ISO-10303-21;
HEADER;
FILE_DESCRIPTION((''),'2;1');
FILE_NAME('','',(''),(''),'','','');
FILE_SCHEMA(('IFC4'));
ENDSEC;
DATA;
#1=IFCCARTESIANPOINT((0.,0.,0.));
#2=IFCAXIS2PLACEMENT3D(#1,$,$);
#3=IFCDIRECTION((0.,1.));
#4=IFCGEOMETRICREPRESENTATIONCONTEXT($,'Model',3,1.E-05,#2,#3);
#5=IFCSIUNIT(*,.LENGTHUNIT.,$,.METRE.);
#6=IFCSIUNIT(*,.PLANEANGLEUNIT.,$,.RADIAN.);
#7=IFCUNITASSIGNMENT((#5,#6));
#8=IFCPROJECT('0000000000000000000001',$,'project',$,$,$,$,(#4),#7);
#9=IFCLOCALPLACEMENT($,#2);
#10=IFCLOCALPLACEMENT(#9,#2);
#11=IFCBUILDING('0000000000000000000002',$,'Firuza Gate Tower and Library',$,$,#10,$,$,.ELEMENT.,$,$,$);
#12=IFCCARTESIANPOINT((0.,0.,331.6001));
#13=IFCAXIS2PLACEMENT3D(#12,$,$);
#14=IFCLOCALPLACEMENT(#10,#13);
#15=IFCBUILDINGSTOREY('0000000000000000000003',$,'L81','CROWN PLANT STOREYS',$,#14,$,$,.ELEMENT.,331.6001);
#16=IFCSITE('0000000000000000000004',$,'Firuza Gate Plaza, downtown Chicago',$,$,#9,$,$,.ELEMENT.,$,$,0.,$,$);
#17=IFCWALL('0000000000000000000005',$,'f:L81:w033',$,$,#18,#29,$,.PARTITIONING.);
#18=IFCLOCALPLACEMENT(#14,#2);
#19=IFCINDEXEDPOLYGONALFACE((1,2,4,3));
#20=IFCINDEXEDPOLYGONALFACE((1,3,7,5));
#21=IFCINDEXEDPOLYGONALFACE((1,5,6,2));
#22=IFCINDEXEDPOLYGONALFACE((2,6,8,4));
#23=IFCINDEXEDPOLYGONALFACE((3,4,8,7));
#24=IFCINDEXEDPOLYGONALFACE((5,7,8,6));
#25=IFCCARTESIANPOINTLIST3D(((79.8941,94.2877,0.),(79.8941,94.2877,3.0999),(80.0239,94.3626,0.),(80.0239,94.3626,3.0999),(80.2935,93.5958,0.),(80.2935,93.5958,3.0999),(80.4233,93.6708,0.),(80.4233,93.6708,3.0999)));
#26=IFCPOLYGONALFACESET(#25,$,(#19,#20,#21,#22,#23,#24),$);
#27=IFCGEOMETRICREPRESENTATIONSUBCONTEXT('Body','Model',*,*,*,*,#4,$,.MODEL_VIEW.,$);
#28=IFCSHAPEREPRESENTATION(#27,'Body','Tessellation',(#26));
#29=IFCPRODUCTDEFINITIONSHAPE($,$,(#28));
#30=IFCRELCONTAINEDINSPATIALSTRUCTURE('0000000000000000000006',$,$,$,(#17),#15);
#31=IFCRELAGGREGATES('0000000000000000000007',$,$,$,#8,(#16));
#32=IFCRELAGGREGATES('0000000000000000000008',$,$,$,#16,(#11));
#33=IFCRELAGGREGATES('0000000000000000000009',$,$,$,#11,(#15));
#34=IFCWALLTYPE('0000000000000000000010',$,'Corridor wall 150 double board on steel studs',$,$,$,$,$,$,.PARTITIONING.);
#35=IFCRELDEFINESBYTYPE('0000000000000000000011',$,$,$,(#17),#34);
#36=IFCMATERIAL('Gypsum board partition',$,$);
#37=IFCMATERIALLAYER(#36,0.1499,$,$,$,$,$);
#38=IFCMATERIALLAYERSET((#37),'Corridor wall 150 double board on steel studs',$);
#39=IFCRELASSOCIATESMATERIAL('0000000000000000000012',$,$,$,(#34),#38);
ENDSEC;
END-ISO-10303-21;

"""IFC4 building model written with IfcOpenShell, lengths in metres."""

from ifc_helpers import new_model, si_unit, direction, frame, frame_2d, origin, place, context, subcontext, project, spatial, rectangle, extrude, material, layer, layer_set, type_object, element, save


model = new_model("IFC4")

# Units and contexts
model_context = context("Model", 3, precision=1e-05, world=origin(), true_north=direction((0.0, 1.0)))
body_context = subcontext(model_context, "Body", "Model", "MODEL_VIEW")
ifc_project = project(units=[si_unit("LENGTHUNIT", "METRE"), si_unit("PLANEANGLEUNIT", "RADIAN")], contexts=[model_context])

# Site, building, storey
site_placement = place(None, origin())
site = spatial("IfcSite", under=ifc_project, at=site_placement, Name="Firuza Gate Plaza, downtown Chicago", CompositionType="ELEMENT", RefElevation=0.0)
building_placement = place(site_placement, origin())
building = spatial("IfcBuilding", under=site, at=building_placement, Name="Firuza Gate Tower and Library", CompositionType="ELEMENT")
storey_placement = place(building_placement, frame((0.0, 0.0, 331.6001)))
storey = spatial("IfcBuildingStorey", under=building, at=storey_placement, Name="L81", Description="CROWN PLANT STOREYS", CompositionType="ELEMENT", Elevation=331.6001)

# Wall
ifc_material_1 = material(Name="Gypsum board partition")
ifc_layer_1 = layer(ifc_material_1, 0.1499)
ifc_layer_set_1 = layer_set([ifc_layer_1], Name="Corridor wall 150 double board on steel studs")
wall_type_1 = type_object("IfcWallType", Name="Corridor wall 150 double board on steel studs", PredefinedType="PARTITIONING", material=ifc_layer_set_1)
wall_1_placement = place(storey_placement, frame((80.3584, 93.6333, 0.0), z_axis=(0.0, 0.0, 1.0), x_axis=(-0.499952, 0.866053, 0.0)))
element("IfcWall", 1, at=wall_1_placement, inside=storey, type_object=wall_type_1, Name="f:L81:w033", PredefinedType="PARTITIONING", context=body_context, shape_type="SweptSolid", body=[
    extrude(rectangle(XDim=0.7988, YDim=0.1499, at=frame_2d((0.3994, 0.0))), origin(), (0.0, 0.0, 1.0), 3.0999),
])

save(model, "model.ifc")
